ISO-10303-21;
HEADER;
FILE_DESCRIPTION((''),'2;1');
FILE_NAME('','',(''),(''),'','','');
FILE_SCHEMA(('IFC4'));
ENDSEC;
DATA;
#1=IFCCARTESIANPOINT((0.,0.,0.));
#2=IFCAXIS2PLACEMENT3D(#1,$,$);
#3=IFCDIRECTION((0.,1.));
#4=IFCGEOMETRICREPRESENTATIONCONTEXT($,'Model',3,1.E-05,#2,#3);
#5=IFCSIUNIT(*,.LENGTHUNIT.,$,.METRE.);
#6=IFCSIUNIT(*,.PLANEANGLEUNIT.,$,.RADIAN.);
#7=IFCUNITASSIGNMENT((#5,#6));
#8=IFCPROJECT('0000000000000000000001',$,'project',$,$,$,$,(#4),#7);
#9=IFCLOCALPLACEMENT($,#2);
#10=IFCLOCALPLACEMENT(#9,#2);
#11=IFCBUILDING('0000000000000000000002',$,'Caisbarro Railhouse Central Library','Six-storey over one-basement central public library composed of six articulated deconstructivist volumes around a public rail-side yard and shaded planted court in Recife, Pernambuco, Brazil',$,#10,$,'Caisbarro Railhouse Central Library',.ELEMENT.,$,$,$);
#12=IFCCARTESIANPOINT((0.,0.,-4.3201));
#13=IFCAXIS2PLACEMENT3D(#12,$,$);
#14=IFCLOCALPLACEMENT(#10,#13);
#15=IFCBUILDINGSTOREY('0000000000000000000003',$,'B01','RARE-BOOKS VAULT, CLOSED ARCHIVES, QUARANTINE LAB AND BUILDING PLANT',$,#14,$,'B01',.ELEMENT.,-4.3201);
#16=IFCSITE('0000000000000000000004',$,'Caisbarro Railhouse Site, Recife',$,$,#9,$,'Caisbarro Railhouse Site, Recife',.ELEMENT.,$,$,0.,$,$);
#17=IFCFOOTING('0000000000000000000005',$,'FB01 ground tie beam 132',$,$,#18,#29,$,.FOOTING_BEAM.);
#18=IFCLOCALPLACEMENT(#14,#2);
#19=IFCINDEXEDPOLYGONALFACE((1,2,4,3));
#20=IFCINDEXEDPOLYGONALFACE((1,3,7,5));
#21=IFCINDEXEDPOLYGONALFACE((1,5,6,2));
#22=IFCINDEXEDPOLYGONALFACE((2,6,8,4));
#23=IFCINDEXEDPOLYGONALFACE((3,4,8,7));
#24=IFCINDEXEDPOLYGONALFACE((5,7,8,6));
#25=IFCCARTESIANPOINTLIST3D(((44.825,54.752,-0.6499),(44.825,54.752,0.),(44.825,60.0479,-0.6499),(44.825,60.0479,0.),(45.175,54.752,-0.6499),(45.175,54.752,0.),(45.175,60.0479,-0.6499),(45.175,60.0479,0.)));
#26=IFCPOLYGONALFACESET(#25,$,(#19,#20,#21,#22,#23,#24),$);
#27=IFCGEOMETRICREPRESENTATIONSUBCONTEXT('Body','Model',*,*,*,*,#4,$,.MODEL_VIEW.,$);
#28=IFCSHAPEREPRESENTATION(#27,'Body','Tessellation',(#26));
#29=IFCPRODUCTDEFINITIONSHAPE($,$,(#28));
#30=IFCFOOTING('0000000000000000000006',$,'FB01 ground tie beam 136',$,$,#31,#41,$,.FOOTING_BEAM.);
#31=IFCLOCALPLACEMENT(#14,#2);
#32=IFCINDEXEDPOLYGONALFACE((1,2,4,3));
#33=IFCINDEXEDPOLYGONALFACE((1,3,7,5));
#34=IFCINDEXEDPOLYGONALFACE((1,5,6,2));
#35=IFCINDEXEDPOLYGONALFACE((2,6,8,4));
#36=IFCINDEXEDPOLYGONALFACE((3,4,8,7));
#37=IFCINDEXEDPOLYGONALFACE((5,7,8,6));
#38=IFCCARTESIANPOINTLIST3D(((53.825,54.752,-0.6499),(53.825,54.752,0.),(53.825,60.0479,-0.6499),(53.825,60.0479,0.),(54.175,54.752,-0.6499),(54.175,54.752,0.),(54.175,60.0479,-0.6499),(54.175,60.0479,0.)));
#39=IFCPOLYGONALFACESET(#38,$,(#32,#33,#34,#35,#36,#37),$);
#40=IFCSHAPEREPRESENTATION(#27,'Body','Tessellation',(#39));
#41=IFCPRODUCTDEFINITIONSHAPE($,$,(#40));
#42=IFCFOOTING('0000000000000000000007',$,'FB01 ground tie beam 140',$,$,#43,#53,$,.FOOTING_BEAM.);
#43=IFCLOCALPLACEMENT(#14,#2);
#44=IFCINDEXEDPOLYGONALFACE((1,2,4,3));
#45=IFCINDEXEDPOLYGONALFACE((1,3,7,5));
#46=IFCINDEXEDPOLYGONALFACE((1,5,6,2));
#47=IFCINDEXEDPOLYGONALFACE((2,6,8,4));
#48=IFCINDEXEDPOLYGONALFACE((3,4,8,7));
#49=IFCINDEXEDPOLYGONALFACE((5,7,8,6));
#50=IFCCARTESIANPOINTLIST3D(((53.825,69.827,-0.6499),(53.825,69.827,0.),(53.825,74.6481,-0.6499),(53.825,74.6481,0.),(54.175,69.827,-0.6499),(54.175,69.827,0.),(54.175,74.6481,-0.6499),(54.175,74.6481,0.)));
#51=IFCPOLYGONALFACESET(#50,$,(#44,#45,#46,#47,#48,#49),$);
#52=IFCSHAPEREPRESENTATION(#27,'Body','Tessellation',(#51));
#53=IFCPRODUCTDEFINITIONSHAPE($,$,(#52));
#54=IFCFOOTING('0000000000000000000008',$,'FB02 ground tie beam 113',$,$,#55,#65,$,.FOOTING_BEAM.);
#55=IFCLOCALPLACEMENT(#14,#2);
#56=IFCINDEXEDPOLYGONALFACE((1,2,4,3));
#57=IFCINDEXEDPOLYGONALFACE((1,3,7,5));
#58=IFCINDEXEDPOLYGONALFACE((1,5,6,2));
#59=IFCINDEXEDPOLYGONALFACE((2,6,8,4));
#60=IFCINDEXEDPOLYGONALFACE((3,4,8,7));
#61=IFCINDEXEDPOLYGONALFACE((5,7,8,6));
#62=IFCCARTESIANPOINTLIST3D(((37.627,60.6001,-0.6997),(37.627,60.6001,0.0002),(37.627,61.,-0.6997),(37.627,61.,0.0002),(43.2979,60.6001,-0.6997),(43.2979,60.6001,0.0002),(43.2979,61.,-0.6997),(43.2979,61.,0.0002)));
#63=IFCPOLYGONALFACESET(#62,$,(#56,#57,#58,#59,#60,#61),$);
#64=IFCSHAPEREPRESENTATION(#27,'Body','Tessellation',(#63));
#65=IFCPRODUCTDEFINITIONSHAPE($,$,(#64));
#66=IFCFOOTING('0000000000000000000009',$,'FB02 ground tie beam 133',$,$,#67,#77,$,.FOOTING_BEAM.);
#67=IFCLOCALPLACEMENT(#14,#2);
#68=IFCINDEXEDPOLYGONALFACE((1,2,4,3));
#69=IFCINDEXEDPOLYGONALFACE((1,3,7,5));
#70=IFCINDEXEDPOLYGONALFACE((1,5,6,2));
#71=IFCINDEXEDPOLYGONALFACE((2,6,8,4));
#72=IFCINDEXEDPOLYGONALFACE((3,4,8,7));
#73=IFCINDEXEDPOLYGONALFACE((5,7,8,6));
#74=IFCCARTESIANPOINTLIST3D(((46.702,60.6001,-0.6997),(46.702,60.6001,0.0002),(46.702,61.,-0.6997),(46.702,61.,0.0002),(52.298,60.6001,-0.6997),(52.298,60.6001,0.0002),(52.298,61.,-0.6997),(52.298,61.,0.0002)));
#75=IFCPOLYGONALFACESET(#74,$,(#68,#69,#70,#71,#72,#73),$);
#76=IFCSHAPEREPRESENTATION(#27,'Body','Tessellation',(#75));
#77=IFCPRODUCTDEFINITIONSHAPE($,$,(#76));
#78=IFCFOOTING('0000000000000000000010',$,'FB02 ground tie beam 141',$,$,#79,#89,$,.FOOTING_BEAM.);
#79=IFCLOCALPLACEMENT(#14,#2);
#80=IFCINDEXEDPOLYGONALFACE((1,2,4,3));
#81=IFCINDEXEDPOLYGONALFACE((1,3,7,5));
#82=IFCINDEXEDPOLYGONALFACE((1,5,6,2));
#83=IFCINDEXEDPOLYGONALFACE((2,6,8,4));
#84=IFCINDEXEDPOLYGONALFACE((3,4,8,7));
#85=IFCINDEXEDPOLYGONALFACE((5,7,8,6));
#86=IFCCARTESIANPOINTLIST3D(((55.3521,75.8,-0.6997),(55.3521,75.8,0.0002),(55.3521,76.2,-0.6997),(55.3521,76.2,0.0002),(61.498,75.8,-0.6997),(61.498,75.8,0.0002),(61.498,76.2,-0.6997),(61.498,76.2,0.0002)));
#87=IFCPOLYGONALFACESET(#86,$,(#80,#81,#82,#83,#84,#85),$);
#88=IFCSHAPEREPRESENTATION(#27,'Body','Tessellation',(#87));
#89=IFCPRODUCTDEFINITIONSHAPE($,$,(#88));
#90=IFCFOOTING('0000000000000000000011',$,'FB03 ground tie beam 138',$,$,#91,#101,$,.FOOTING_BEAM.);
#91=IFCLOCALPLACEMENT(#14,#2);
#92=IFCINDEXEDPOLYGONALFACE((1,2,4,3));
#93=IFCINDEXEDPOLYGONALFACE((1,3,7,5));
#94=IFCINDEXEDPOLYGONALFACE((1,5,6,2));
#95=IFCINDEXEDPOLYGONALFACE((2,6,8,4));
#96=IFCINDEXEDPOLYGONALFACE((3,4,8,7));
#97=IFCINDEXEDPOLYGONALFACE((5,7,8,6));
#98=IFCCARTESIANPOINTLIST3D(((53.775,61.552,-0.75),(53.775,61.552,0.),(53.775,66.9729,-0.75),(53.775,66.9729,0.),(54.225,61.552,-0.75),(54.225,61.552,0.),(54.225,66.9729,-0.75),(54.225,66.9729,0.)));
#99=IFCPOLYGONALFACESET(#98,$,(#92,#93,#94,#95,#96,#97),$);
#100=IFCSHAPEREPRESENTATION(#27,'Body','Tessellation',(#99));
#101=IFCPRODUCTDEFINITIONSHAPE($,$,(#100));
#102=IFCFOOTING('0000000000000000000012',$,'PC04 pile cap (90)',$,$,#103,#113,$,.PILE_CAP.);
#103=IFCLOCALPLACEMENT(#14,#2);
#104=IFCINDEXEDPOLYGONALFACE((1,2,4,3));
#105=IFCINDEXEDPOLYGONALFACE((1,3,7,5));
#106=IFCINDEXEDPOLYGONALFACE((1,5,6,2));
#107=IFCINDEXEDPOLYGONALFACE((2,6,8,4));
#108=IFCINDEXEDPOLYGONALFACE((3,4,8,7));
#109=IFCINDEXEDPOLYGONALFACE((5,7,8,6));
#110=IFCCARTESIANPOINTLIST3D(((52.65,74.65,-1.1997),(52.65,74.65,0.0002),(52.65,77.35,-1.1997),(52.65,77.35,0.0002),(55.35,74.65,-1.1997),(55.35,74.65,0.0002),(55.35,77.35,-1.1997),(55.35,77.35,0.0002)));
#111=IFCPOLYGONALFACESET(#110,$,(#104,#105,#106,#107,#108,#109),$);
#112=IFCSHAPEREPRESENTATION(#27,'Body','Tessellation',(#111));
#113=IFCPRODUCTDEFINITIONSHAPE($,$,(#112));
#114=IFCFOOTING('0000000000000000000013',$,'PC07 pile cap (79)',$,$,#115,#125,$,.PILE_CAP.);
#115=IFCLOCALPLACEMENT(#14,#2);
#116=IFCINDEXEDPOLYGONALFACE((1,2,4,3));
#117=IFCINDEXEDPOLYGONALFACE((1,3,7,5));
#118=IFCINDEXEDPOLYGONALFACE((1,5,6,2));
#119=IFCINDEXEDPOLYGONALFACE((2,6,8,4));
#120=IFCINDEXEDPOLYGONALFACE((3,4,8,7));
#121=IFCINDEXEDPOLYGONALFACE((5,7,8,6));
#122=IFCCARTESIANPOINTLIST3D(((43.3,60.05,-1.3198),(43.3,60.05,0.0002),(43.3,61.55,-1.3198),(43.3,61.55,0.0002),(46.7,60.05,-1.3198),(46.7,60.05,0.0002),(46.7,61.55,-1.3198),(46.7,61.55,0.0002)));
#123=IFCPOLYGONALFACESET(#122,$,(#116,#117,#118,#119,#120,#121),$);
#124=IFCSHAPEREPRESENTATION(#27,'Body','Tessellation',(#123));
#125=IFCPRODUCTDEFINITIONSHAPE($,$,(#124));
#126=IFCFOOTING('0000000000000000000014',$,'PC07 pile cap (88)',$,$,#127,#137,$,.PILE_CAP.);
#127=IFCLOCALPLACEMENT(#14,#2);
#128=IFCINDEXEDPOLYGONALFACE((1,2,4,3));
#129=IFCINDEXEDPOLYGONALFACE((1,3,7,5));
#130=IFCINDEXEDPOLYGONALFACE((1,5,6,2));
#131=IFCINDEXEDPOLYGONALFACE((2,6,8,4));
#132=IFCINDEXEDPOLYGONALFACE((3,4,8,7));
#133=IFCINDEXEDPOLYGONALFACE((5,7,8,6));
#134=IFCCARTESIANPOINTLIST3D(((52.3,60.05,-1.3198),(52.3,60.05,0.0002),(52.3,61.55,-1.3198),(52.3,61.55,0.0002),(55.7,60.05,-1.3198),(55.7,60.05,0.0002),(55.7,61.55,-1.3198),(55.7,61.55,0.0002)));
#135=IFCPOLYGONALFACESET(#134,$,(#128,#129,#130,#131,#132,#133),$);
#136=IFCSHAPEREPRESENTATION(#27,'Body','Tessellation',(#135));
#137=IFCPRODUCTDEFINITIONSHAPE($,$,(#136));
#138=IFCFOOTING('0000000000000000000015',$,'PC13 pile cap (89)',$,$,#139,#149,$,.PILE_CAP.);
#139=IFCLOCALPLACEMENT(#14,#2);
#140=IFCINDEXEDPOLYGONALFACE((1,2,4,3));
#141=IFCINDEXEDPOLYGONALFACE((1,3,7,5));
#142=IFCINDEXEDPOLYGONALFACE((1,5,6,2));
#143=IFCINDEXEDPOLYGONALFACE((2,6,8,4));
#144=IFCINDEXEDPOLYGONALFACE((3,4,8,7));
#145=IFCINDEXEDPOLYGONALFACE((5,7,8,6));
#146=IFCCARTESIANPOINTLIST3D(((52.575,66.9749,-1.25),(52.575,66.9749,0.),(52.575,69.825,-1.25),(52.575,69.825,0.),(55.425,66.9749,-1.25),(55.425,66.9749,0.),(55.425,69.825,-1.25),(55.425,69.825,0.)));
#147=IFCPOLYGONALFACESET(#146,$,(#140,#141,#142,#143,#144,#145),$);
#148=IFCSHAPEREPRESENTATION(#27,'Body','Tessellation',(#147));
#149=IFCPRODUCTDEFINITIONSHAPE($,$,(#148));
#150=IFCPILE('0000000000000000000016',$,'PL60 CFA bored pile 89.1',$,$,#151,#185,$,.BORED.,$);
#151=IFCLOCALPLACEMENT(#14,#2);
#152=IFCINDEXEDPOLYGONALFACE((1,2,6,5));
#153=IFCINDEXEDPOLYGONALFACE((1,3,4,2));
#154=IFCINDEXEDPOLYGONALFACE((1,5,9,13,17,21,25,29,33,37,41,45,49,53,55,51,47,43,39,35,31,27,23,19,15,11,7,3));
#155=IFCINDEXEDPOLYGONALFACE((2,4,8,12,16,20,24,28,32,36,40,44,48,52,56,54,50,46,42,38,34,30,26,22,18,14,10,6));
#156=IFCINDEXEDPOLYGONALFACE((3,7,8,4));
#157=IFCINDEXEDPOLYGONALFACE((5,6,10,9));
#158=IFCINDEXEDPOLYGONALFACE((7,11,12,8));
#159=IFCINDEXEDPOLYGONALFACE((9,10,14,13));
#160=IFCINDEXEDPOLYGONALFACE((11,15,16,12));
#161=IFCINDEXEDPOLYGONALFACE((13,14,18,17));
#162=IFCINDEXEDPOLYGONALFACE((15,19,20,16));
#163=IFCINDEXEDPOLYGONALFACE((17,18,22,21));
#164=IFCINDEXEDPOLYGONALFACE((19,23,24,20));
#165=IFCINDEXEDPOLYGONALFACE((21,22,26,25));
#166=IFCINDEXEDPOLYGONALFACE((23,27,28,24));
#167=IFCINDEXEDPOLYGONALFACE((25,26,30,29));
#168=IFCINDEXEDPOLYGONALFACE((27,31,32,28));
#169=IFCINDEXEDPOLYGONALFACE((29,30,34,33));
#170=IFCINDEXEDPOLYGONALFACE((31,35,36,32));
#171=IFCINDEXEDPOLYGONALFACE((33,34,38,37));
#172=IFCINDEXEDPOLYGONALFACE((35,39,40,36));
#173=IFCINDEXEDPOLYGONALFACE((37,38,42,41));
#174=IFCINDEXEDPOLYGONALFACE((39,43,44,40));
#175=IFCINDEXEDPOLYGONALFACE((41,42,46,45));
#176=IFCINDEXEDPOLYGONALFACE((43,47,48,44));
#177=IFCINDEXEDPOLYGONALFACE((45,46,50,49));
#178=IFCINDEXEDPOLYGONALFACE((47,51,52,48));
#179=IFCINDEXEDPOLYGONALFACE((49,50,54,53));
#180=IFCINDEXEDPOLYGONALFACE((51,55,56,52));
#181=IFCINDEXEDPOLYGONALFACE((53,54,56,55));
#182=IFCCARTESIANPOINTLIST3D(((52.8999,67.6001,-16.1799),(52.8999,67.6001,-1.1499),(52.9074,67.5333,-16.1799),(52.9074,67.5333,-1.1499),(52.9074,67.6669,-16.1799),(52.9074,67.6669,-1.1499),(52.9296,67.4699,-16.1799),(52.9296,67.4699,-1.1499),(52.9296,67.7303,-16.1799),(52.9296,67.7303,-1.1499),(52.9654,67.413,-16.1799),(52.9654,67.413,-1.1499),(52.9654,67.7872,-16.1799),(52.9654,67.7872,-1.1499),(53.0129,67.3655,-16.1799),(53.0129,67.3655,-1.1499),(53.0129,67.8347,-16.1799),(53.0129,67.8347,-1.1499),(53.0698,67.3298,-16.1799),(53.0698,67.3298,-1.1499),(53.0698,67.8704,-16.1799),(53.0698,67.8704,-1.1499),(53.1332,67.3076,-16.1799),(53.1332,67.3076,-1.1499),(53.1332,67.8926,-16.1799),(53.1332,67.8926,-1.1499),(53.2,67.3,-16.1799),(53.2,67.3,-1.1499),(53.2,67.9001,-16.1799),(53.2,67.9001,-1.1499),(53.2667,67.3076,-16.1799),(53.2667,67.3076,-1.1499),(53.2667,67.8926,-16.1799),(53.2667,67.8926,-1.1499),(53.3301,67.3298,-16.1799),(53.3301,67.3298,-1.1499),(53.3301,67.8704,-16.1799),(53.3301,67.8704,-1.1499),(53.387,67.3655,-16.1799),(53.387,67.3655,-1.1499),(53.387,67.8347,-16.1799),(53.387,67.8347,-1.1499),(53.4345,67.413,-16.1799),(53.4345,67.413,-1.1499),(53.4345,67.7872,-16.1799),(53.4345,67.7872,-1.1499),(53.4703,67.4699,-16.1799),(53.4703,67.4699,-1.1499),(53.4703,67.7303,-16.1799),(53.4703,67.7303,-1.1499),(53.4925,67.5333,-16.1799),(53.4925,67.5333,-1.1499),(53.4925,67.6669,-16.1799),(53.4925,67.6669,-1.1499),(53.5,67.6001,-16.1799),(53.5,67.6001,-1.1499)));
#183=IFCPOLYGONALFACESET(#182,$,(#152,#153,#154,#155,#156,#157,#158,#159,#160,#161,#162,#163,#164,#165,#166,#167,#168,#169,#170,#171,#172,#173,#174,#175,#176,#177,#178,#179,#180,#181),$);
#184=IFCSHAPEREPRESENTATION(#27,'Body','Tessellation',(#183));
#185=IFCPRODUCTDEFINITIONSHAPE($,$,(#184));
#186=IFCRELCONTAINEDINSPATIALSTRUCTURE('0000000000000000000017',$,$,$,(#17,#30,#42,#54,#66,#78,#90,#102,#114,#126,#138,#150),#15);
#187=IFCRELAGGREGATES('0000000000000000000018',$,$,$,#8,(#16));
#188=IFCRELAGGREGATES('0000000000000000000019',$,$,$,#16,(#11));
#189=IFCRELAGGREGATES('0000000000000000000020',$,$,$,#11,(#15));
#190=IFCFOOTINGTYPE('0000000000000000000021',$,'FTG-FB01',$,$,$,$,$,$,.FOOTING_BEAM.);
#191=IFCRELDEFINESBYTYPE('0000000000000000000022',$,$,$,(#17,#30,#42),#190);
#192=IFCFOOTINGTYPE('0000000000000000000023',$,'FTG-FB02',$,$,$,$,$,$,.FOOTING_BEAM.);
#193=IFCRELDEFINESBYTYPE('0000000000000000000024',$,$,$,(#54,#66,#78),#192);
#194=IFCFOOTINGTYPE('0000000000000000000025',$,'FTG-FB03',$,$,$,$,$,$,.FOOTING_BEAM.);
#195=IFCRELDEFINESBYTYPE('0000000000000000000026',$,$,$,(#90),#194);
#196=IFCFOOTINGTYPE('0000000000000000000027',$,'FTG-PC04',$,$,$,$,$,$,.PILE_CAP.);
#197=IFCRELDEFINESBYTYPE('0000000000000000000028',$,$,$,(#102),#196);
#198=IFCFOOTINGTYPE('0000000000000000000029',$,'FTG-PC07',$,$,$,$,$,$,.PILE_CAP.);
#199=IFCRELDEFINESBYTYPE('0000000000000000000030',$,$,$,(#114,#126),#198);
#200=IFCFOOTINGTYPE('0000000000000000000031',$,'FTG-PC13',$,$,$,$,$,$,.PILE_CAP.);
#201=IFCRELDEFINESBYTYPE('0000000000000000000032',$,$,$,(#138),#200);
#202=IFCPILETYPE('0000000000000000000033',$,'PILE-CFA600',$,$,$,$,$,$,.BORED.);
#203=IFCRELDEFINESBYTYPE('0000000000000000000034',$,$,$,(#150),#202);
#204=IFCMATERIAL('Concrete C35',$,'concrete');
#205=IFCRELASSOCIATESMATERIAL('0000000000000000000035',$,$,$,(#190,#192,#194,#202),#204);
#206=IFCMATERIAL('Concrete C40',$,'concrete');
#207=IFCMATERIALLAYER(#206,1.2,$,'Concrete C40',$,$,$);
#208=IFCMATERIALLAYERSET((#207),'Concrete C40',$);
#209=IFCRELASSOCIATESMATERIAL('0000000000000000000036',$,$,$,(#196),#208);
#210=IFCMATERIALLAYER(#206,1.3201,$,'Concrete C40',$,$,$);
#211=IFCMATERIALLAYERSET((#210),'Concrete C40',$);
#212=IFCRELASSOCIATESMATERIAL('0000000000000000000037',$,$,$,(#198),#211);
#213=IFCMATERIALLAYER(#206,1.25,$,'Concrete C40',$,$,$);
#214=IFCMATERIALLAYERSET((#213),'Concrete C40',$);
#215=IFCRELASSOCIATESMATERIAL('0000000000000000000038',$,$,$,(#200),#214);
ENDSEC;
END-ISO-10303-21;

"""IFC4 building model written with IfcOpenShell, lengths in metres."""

from ifc_helpers import new_model, si_unit, direction, frame, origin, origin_2d, place, context, subcontext, project, spatial, rectangle, circle, extrude, material, layer, layer_set, material_profile, profile_set, type_object, element, save


model = new_model("IFC4")

# Units and contexts
model_context = context("Model", 3, precision=1e-05, world=origin(), true_north=direction((0.0, 1.0)))
body_context = subcontext(model_context, "Body", "Model", "MODEL_VIEW")
ifc_project = project(units=[si_unit("LENGTHUNIT", "METRE"), si_unit("PLANEANGLEUNIT", "RADIAN")], contexts=[model_context])

# Site, building, storey
site_placement = place(None, origin())
site = spatial("IfcSite", under=ifc_project, at=site_placement, Name="Caisbarro Railhouse Site, Recife", LongName="Caisbarro Railhouse Site, Recife", CompositionType="ELEMENT", RefElevation=0.0)
building_placement = place(site_placement, origin())
building = spatial("IfcBuilding", under=site, at=building_placement, Name="Caisbarro Railhouse Central Library", Description="Six-storey over one-basement central public library composed of six articulated deconstructivist volumes around a public rail-side yard and shaded planted court in Recife, Pernambuco, Brazil", LongName="Caisbarro Railhouse Central Library", CompositionType="ELEMENT")
storey_placement = place(building_placement, frame((0.0, 0.0, -4.3201)))
storey = spatial("IfcBuildingStorey", under=building, at=storey_placement, Name="B01", Description="RARE-BOOKS VAULT, CLOSED ARCHIVES, QUARANTINE LAB AND BUILDING PLANT", LongName="B01", CompositionType="ELEMENT", Elevation=-4.3201)

# Footings
ifc_material_1 = material(Name="Concrete C35", Category="concrete")
footing_type_1 = type_object("IfcFootingType", Name="FTG-FB01", PredefinedType="FOOTING_BEAM", material=ifc_material_1)
for number, where, z_axis, x_axis, name in (
    (1, (45.0, 57.3999, -0.6499), (0.0, 0.0, 1.0), (0.0, 1.0, 0.0), "FB01 ground tie beam 132"),
    (2, (54.0, 57.3999, -0.6499), (0.0, 0.0, 1.0), (0.0, 1.0, 0.0), "FB01 ground tie beam 136"),
):
    element("IfcFooting", number, at=place(storey_placement, frame(where, z_axis=z_axis, x_axis=x_axis)), inside=storey, type_object=footing_type_1, Name=name, PredefinedType="FOOTING_BEAM", context=body_context, shape_type="SweptSolid", body=[
        extrude(rectangle(XDim=5.2959, YDim=0.3501, at=origin_2d()), origin(), (0.0, 0.0, 1.0), 0.6499),
    ])
footing_1_placement = place(storey_placement, frame((54.0, 72.2375, -0.6499), z_axis=(0.0, 0.0, 1.0), x_axis=(0.0, 1.0, 0.0)))
element("IfcFooting", 3, at=footing_1_placement, inside=storey, type_object=footing_type_1, Name="FB01 ground tie beam 140", PredefinedType="FOOTING_BEAM", context=body_context, shape_type="SweptSolid", body=[
    extrude(rectangle(XDim=4.821, YDim=0.3501, at=origin_2d()), origin(), (0.0, 0.0, 1.0), 0.6499),
])
footing_type_2 = type_object("IfcFootingType", Name="FTG-FB02", PredefinedType="FOOTING_BEAM", material=ifc_material_1)
footing_2_placement = place(storey_placement, frame((40.4624, 60.8, -0.6997), z_axis=(0.0, 0.0, 1.0), x_axis=(1.0, 0.0, 0.0)))
element("IfcFooting", 4, at=footing_2_placement, inside=storey, type_object=footing_type_2, Name="FB02 ground tie beam 113", PredefinedType="FOOTING_BEAM", context=body_context, shape_type="SweptSolid", body=[
    extrude(rectangle(XDim=5.6709, YDim=0.3999, at=origin_2d()), origin(), (0.0, 0.0, 1.0), 0.7),
])
footing_3_placement = place(storey_placement, frame((49.5, 60.8, -0.6997), z_axis=(0.0, 0.0, 1.0), x_axis=(1.0, 0.0, 0.0)))
element("IfcFooting", 5, at=footing_3_placement, inside=storey, type_object=footing_type_2, Name="FB02 ground tie beam 133", PredefinedType="FOOTING_BEAM", context=body_context, shape_type="SweptSolid", body=[
    extrude(rectangle(XDim=5.5959, YDim=0.3999, at=origin_2d()), origin(), (0.0, 0.0, 1.0), 0.7),
])
footing_4_placement = place(storey_placement, frame((58.425, 76.0, -0.6997), z_axis=(0.0, 0.0, 1.0), x_axis=(1.0, 0.0, 0.0)))
element("IfcFooting", 6, at=footing_4_placement, inside=storey, type_object=footing_type_2, Name="FB02 ground tie beam 141", PredefinedType="FOOTING_BEAM", context=body_context, shape_type="SweptSolid", body=[
    extrude(rectangle(XDim=6.146, YDim=0.3999, at=origin_2d()), origin(), (0.0, 0.0, 1.0), 0.7),
])
footing_type_3 = type_object("IfcFootingType", Name="FTG-FB03", PredefinedType="FOOTING_BEAM", material=ifc_material_1)
footing_5_placement = place(storey_placement, frame((54.0, 64.2625, -0.75), z_axis=(0.0, 0.0, 1.0), x_axis=(0.0, 1.0, 0.0)))
element("IfcFooting", 7, at=footing_5_placement, inside=storey, type_object=footing_type_3, Name="FB03 ground tie beam 138", PredefinedType="FOOTING_BEAM", context=body_context, shape_type="SweptSolid", body=[
    extrude(rectangle(XDim=5.4209, YDim=0.45, at=origin_2d()), origin(), (0.0, 0.0, 1.0), 0.75),
])
ifc_material_2 = material(Name="Concrete C40", Category="concrete")
ifc_layer_1 = layer(ifc_material_2, 1.2, Name="Concrete C40")
ifc_layer_set_1 = layer_set([ifc_layer_1], Name="Concrete C40")
footing_type_4 = type_object("IfcFootingType", Name="FTG-PC04", PredefinedType="PILE_CAP", material=ifc_layer_set_1)
footing_6_placement = place(storey_placement, frame((54.0, 76.0, -1.1997), z_axis=(0.0, 0.0, 1.0), x_axis=(1.0, 0.0, 0.0)))
element("IfcFooting", 8, at=footing_6_placement, inside=storey, type_object=footing_type_4, Name="PC04 pile cap (90)", PredefinedType="PILE_CAP", context=body_context, shape_type="SweptSolid", body=[
    extrude(rectangle(XDim=2.7, YDim=2.7, at=origin_2d()), origin(), (0.0, 0.0, 1.0), 1.2),
])
ifc_layer_2 = layer(ifc_material_2, 1.3201, Name="Concrete C40")
ifc_layer_set_2 = layer_set([ifc_layer_2], Name="Concrete C40")
footing_type_5 = type_object("IfcFootingType", Name="FTG-PC07", PredefinedType="PILE_CAP", material=ifc_layer_set_2)
for number, where, z_axis, x_axis, name in (
    (9, (45.0, 60.8, -1.3198), (0.0, 0.0, 1.0), (1.0, 0.0, 0.0), "PC07 pile cap (79)"),
    (10, (54.0, 60.8, -1.3198), (0.0, 0.0, 1.0), (1.0, 0.0, 0.0), "PC07 pile cap (88)"),
):
    element("IfcFooting", number, at=place(storey_placement, frame(where, z_axis=z_axis, x_axis=x_axis)), inside=storey, type_object=footing_type_5, Name=name, PredefinedType="PILE_CAP", context=body_context, shape_type="SweptSolid", body=[
        extrude(rectangle(XDim=3.3999, YDim=1.5, at=origin_2d()), origin(), (0.0, 0.0, 1.0), 1.3201),
    ])
ifc_layer_3 = layer(ifc_material_2, 1.25, Name="Concrete C40")
ifc_layer_set_3 = layer_set([ifc_layer_3], Name="Concrete C40")
footing_type_6 = type_object("IfcFootingType", Name="FTG-PC13", PredefinedType="PILE_CAP", material=ifc_layer_set_3)
footing_7_placement = place(storey_placement, frame((54.0, 68.3999, -1.25), z_axis=(0.0, 0.0, 1.0), x_axis=(1.0, 0.0, 0.0)))
element("IfcFooting", 11, at=footing_7_placement, inside=storey, type_object=footing_type_6, Name="PC13 pile cap (89)", PredefinedType="PILE_CAP", context=body_context, shape_type="SweptSolid", body=[
    extrude(rectangle(XDim=2.8501, YDim=2.8501, at=origin_2d()), origin(), (0.0, 0.0, 1.0), 1.25),
])

# Pile
ifc_material_profile_1 = material_profile(ifc_material_1, circle(Radius=0.3, at=origin_2d()), Name="PILE-CFA-600")
ifc_profile_set_1 = profile_set([ifc_material_profile_1], Name="Concrete C35")
pile_type_1 = type_object("IfcPileType", Name="PILE-CFA600", PredefinedType="BORED", material=ifc_profile_set_1)
for number, where, z_axis, x_axis, name in (
    (12, (53.2, 67.6001, -1.1499), (0.0, 0.0, -1.0), (1.0, 0.0, 0.0), "PL60 CFA bored pile 89.1"),
):
    element("IfcPile", number, at=place(storey_placement, frame(where, z_axis=z_axis, x_axis=x_axis)), inside=storey, type_object=pile_type_1, Name=name, PredefinedType="BORED", context=body_context, shape_type="SweptSolid", body=[
        extrude(circle(Radius=0.3, at=origin_2d()), origin(), (0.0, 0.0, 1.0), 15.03),
    ])

save(model, "model.ifc")
